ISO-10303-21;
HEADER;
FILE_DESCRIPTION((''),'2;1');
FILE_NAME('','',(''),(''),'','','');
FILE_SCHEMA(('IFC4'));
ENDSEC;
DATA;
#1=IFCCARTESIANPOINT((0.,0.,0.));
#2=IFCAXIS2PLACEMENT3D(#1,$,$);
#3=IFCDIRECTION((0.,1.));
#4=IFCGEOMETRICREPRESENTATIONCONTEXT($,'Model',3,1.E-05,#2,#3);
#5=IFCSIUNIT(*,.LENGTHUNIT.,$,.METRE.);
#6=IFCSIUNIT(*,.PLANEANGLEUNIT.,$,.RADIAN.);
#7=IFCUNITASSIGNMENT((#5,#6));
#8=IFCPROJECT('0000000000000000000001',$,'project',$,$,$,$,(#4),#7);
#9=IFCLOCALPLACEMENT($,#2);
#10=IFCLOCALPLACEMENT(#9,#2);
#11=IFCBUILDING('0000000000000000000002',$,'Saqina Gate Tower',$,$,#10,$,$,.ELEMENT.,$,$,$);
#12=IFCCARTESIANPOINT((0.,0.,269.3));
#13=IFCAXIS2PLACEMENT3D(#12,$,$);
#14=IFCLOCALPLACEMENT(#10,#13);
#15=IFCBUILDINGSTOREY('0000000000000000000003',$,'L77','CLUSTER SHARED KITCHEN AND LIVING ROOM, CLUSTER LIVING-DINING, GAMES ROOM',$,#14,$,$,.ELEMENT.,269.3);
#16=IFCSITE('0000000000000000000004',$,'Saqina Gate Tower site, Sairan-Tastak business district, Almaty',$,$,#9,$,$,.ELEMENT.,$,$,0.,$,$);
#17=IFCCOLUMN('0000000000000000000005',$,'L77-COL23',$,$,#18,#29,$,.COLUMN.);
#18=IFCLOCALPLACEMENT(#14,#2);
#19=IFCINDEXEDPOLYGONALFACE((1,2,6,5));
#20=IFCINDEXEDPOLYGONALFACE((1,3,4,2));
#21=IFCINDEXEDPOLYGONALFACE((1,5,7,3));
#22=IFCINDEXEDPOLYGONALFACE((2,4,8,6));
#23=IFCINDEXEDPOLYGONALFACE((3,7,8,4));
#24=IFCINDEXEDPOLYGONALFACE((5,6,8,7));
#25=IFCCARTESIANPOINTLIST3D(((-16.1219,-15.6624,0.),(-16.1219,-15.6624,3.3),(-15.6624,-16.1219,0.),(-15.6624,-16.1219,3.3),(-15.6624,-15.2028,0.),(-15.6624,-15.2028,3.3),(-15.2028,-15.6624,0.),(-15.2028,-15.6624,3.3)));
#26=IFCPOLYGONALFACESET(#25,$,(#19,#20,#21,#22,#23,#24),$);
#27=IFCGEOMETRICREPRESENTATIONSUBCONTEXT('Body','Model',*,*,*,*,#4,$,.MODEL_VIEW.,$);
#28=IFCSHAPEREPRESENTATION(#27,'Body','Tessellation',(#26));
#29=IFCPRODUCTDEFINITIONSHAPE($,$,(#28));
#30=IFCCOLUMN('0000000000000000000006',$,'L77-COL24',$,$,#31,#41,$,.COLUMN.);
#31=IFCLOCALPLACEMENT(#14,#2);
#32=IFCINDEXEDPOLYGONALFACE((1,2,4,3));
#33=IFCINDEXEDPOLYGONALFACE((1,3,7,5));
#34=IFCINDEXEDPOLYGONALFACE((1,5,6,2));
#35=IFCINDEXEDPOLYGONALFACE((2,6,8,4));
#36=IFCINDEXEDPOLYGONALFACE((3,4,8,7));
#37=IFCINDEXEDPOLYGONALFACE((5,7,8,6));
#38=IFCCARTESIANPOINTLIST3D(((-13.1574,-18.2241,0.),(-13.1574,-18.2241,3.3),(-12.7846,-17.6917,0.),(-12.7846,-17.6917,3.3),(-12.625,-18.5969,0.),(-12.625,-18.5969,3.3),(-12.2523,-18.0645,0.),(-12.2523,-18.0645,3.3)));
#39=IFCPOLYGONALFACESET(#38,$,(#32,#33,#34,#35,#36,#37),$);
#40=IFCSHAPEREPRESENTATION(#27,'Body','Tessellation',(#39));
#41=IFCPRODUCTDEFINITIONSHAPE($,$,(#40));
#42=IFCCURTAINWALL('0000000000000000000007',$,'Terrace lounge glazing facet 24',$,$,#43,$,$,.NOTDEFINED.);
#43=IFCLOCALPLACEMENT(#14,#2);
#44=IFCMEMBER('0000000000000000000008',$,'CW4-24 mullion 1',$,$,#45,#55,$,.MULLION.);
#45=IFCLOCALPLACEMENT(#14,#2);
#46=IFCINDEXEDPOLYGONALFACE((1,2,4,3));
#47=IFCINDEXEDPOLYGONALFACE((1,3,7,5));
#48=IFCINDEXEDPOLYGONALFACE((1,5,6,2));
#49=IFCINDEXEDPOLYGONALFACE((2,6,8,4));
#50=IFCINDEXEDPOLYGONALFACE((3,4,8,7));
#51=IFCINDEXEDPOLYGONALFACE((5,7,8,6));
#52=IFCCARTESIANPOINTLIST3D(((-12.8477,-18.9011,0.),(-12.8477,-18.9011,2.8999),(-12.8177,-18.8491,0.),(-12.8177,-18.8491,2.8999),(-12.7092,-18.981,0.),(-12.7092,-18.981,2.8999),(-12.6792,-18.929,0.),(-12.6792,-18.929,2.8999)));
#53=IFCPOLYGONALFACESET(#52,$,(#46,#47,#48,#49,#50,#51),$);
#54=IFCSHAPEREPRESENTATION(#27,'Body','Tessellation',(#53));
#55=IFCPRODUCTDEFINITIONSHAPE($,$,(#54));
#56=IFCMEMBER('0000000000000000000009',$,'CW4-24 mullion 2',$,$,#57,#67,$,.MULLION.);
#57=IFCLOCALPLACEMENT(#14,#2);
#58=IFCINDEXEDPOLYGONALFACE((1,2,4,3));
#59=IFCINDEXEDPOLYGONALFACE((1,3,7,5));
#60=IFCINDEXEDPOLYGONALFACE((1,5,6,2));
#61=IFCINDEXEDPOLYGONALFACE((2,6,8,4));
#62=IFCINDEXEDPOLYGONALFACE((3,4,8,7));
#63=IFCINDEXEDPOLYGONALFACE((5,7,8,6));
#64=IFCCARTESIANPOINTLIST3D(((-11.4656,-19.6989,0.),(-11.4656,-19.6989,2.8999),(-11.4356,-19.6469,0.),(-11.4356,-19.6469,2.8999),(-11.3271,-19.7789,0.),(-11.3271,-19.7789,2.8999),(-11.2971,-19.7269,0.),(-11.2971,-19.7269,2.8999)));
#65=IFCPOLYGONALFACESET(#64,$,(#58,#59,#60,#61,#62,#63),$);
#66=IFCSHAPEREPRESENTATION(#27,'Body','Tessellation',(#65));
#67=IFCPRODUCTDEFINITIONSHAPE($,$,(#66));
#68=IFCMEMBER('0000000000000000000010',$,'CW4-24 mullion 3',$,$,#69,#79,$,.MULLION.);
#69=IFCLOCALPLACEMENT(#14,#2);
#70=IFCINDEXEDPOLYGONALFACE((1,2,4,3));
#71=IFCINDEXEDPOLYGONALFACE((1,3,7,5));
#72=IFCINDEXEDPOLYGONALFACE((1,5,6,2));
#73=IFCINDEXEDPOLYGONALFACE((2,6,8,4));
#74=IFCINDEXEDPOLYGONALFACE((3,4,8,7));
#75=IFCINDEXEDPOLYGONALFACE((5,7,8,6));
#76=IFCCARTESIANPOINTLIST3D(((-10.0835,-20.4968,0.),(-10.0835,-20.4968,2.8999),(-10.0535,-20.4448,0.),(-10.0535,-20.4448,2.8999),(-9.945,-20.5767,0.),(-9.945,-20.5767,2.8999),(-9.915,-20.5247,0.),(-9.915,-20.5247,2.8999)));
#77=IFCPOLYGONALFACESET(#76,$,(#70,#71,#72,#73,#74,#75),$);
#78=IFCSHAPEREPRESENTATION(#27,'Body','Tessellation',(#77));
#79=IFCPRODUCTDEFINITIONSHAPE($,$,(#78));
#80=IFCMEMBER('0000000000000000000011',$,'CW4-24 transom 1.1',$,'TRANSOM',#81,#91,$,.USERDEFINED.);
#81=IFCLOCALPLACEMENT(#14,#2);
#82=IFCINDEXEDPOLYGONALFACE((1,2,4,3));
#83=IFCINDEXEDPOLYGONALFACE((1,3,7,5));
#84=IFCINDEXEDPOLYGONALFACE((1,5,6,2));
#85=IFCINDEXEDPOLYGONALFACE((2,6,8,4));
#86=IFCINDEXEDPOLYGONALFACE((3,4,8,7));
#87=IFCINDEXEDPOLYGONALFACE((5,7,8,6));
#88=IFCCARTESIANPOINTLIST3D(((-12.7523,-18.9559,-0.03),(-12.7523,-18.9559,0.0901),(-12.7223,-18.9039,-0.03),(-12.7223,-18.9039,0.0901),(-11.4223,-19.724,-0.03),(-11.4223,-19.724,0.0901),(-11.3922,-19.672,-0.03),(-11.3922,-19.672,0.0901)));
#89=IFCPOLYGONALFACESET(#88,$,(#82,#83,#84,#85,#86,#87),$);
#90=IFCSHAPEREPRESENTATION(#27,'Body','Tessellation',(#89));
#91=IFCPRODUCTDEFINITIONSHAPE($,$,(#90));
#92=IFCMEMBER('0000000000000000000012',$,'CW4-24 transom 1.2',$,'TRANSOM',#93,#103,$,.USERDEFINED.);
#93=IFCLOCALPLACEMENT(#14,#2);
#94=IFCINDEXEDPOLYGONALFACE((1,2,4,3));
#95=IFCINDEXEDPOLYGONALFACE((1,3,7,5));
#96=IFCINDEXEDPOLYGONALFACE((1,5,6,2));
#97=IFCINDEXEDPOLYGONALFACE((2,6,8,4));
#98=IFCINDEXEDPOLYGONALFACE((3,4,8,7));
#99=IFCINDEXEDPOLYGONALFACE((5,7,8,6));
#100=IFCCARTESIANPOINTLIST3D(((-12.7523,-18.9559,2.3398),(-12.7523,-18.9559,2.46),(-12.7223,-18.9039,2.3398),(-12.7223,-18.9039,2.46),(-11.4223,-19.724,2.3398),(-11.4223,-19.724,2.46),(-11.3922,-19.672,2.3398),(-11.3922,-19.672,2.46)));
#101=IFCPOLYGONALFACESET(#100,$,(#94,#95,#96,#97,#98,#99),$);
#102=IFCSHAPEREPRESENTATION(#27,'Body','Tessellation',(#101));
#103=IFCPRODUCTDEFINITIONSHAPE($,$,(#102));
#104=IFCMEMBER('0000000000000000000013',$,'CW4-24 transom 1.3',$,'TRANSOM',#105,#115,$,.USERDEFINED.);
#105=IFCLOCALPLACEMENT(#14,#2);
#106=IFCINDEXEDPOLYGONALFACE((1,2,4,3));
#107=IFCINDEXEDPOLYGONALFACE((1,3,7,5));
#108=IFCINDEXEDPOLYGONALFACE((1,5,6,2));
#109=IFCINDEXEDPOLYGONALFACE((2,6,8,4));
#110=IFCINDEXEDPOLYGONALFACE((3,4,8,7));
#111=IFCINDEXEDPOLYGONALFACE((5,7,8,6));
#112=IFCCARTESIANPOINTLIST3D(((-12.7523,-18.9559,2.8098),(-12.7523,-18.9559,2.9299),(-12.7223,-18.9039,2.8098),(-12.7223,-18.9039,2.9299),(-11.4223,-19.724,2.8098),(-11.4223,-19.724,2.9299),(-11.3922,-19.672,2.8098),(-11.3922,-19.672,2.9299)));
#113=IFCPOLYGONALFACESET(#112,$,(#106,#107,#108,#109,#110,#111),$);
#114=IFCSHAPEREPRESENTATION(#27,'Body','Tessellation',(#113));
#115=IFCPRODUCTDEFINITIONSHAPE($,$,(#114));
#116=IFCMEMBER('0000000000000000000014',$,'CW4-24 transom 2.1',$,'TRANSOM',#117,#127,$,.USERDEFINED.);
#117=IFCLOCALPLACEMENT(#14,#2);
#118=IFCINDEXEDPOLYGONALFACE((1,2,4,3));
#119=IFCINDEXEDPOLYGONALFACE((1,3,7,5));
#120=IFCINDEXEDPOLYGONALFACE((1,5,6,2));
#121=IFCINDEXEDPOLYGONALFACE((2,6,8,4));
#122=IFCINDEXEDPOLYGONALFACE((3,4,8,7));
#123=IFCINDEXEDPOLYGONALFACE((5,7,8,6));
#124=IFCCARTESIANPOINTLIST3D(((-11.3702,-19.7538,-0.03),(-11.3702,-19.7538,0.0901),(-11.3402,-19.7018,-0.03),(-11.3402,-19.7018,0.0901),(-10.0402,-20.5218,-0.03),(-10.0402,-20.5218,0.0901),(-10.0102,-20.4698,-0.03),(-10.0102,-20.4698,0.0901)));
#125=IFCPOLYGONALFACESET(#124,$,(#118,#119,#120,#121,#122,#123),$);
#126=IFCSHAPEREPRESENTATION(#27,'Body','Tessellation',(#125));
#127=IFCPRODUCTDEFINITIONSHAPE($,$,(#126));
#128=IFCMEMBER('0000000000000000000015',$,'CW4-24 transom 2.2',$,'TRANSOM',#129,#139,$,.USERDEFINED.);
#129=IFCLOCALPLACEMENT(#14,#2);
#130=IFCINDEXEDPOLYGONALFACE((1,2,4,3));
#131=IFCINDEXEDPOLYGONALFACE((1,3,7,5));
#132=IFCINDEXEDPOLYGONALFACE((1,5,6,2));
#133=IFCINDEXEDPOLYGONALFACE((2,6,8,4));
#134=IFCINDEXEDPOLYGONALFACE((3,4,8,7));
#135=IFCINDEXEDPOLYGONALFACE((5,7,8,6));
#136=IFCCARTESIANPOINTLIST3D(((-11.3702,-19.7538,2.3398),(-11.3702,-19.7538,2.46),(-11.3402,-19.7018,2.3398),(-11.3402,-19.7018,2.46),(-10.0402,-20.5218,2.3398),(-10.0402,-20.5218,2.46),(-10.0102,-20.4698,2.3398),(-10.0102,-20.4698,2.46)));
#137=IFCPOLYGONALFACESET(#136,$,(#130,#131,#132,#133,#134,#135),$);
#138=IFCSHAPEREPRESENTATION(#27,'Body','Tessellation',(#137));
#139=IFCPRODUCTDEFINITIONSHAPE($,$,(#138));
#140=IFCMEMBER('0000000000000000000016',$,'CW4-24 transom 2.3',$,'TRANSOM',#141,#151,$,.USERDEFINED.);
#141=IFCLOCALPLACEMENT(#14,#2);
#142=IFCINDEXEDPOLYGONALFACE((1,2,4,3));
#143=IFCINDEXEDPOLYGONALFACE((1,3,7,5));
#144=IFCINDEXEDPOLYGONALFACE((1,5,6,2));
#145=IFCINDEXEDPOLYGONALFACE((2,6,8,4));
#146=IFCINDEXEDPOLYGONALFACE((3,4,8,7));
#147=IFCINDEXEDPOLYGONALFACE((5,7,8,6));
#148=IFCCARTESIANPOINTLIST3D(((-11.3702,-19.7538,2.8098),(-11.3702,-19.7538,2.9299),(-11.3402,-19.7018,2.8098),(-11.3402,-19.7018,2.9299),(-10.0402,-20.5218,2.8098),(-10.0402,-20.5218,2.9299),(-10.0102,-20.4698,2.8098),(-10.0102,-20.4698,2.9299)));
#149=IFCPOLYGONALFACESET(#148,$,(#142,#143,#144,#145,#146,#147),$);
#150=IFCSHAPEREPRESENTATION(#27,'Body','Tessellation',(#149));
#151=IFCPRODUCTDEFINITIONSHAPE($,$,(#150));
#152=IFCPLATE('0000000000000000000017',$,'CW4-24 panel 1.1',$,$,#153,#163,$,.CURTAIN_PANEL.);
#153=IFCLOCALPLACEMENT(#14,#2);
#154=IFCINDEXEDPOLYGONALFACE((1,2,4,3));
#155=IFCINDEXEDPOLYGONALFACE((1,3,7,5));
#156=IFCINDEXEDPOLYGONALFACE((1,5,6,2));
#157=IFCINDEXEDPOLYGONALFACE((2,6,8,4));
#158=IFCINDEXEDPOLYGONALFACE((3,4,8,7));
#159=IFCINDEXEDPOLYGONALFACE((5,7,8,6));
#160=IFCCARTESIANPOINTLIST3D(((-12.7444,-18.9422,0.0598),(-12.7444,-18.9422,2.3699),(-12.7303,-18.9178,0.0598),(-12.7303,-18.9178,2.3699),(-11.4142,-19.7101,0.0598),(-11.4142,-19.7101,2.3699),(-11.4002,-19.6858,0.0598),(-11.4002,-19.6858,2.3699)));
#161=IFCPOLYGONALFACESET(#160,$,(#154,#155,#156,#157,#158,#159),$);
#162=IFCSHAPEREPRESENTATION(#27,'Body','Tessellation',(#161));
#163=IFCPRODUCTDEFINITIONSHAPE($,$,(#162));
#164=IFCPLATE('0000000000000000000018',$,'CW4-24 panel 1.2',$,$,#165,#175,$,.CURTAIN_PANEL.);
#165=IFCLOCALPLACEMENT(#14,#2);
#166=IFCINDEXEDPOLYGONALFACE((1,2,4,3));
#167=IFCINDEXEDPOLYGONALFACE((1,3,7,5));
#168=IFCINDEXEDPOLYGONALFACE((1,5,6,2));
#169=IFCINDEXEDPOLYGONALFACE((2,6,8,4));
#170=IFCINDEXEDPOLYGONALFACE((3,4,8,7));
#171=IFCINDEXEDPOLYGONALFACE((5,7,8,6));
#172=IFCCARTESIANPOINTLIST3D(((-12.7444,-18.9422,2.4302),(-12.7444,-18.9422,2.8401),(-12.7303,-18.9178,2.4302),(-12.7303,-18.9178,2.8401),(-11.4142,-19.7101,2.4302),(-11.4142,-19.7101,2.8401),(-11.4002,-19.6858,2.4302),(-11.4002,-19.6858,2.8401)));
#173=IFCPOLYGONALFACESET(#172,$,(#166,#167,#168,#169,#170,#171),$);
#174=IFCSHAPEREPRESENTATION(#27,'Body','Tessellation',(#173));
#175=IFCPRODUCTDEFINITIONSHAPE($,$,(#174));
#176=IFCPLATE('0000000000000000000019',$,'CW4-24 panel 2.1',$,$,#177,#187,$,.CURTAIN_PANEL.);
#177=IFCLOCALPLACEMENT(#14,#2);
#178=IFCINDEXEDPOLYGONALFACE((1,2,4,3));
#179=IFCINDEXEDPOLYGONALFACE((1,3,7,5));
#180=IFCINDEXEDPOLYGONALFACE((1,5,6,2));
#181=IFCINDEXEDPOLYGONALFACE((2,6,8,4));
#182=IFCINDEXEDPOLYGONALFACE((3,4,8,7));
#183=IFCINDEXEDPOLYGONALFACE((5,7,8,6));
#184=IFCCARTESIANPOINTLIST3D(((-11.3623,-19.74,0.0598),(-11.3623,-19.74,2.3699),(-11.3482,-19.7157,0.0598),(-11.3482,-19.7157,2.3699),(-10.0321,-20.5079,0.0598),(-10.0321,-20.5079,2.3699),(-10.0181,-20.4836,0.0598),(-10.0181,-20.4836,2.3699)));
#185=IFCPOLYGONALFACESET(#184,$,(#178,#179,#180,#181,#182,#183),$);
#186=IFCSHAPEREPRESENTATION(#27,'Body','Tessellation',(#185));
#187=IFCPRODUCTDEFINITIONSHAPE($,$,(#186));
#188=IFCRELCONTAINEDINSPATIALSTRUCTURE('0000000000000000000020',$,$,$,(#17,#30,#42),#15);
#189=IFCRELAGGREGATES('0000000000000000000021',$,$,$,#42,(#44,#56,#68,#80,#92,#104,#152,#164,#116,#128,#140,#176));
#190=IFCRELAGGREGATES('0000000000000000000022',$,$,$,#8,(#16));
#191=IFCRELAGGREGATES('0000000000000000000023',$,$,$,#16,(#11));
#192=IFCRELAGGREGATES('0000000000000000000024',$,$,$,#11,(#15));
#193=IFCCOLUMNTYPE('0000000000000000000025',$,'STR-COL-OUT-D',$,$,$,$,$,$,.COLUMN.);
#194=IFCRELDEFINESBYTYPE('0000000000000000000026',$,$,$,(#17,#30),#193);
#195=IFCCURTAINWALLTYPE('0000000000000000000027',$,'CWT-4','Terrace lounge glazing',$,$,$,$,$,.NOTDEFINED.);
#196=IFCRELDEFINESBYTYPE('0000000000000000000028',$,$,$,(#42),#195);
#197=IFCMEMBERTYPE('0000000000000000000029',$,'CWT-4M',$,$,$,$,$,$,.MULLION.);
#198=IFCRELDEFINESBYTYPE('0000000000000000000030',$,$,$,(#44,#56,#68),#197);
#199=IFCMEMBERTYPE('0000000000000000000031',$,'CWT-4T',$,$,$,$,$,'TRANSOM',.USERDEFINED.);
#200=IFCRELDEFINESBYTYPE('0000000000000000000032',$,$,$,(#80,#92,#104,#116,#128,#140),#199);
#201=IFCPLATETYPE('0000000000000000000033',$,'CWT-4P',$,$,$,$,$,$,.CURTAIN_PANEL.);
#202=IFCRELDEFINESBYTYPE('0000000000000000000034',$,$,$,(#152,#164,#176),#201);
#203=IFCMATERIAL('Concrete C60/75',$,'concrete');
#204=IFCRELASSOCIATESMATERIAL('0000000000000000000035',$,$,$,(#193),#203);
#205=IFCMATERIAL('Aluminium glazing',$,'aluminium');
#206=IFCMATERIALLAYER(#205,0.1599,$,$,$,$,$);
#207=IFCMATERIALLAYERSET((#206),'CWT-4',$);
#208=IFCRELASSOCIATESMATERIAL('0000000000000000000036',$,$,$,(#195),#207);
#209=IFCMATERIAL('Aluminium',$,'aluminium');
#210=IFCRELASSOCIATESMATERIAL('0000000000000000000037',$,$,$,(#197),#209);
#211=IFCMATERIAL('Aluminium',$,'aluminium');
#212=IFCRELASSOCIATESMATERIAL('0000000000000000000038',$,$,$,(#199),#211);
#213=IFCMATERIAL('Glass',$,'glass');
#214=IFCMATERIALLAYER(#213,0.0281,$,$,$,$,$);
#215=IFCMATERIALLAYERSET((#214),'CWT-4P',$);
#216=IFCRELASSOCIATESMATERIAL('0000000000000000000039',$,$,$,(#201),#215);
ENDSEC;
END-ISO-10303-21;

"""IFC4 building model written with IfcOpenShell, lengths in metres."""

from ifc_helpers import new_model, si_unit, direction, frame, origin, origin_2d, place, context, subcontext, project, spatial, rectangle, extrude, material, layer, layer_set, material_profile, profile_set, type_object, element, aggregate, save


model = new_model("IFC4")

# Units and contexts
model_context = context("Model", 3, precision=1e-05, world=origin(), true_north=direction((0.0, 1.0)))
body_context = subcontext(model_context, "Body", "Model", "MODEL_VIEW")
ifc_project = project(units=[si_unit("LENGTHUNIT", "METRE"), si_unit("PLANEANGLEUNIT", "RADIAN")], contexts=[model_context])

# Site, building, storey
site_placement = place(None, origin())
site = spatial("IfcSite", under=ifc_project, at=site_placement, Name="Saqina Gate Tower site, Sairan-Tastak business district, Almaty", CompositionType="ELEMENT", RefElevation=0.0)
building_placement = place(site_placement, origin())
building = spatial("IfcBuilding", under=site, at=building_placement, Name="Saqina Gate Tower", CompositionType="ELEMENT")
storey_placement = place(building_placement, frame((0.0, 0.0, 269.3)))
storey = spatial("IfcBuildingStorey", under=building, at=storey_placement, Name="L77", Description="CLUSTER SHARED KITCHEN AND LIVING ROOM, CLUSTER LIVING-DINING, GAMES ROOM", CompositionType="ELEMENT", Elevation=269.3)

# Columns
ifc_material_1 = material(Name="Concrete C60/75", Category="concrete")
ifc_material_profile_1 = material_profile(ifc_material_1, rectangle(XDim=0.6499, YDim=0.6499, at=origin_2d()), Name="RC 650x650")
ifc_profile_set_1 = profile_set([ifc_material_profile_1], Name="Concrete C60/75")
column_type = type_object("IfcColumnType", Name="STR-COL-OUT-D", PredefinedType="COLUMN", material=ifc_profile_set_1)
for number, where, z_axis, x_axis, name in (
    (1, (-15.6624, -15.6624, 0.0), (0.0, 0.0, 1.0), (-0.707107, -0.707107, 0.0), "L77-COL23"),
    (2, (-12.7048, -18.1443, 0.0), (0.0, 0.0, 1.0), (-0.573576, -0.819152, 0.0), "L77-COL24"),
):
    element("IfcColumn", number, at=place(storey_placement, frame(where, z_axis=z_axis, x_axis=x_axis)), inside=storey, type_object=column_type, Name=name, PredefinedType="COLUMN", context=body_context, shape_type="SweptSolid", body=[
        extrude(rectangle(XDim=0.6499, YDim=0.6499, at=origin_2d()), origin(), (0.0, 0.0, 1.0), 3.3),
    ])

# Curtain wall, members, plates
ifc_material_2 = material(Name="Aluminium glazing", Category="aluminium")
ifc_layer_1 = layer(ifc_material_2, 0.1599)
ifc_layer_set_1 = layer_set([ifc_layer_1], Name="CWT-4")
curtain_wall_type = type_object("IfcCurtainWallType", Name="CWT-4", Description="Terrace lounge glazing", PredefinedType="NOTDEFINED", material=ifc_layer_set_1)
curtain_wall_placement = place(storey_placement, origin())
curtain_wall = element("IfcCurtainWall", 3, at=curtain_wall_placement, inside=storey, type_object=curtain_wall_type, Name="Terrace lounge glazing facet 24", PredefinedType="NOTDEFINED")
ifc_material_3 = material(Name="Aluminium", Category="aluminium")
ifc_material_profile_2 = material_profile(ifc_material_3, rectangle(XDim=0.0601, YDim=0.1599, at=origin_2d()), Name="Aluminium 60x160")
ifc_profile_set_2 = profile_set([ifc_material_profile_2], Name="Aluminium")
member_type_1 = type_object("IfcMemberType", Name="CWT-4M", PredefinedType="MULLION", material=ifc_profile_set_2)
member_1_placement = place(storey_placement, frame((-12.7634, -18.915, 0.0), z_axis=(0.0, 0.0, 1.0), x_axis=(0.499982, 0.866036, 0.0)))
member_1 = element("IfcMember", 4, at=member_1_placement, type_object=member_type_1, Name="CW4-24 mullion 1", PredefinedType="MULLION", context=body_context, shape_type="SweptSolid", body=[
    extrude(rectangle(XDim=0.0601, YDim=0.1599, at=origin_2d()), origin(), (0.0, 0.0, 1.0), 2.8999),
])
member_2_placement = place(storey_placement, frame((-11.3813, -19.7129, 0.0), z_axis=(0.0, 0.0, 1.0), x_axis=(0.499982, 0.866036, 0.0)))
member_2 = element("IfcMember", 5, at=member_2_placement, type_object=member_type_1, Name="CW4-24 mullion 2", PredefinedType="MULLION", context=body_context, shape_type="SweptSolid", body=[
    extrude(rectangle(XDim=0.0601, YDim=0.1599, at=origin_2d()), origin(), (0.0, 0.0, 1.0), 2.8999),
])
member_3_placement = place(storey_placement, frame((-9.9993, -20.5107, 0.0), z_axis=(0.0, 0.0, 1.0), x_axis=(0.499982, 0.866036, 0.0)))
member_3 = element("IfcMember", 6, at=member_3_placement, type_object=member_type_1, Name="CW4-24 mullion 3", PredefinedType="MULLION", context=body_context, shape_type="SweptSolid", body=[
    extrude(rectangle(XDim=0.0601, YDim=0.1599, at=origin_2d()), origin(), (0.0, 0.0, 1.0), 2.8999),
])
ifc_material_4 = material(Name="Aluminium", Category="aluminium")
ifc_material_profile_3 = material_profile(ifc_material_4, rectangle(XDim=0.0601, YDim=0.1201, at=origin_2d()), Name="Aluminium 60x120")
ifc_profile_set_3 = profile_set([ifc_material_profile_3], Name="Aluminium")
member_type_2 = type_object("IfcMemberType", Name="CWT-4T", ElementType="TRANSOM", PredefinedType="USERDEFINED", material=ifc_profile_set_3)
member_4_placement = place(storey_placement, frame((-12.7373, -18.9299, 0.03), z_axis=(0.865984, -0.500071, 0.0), x_axis=(0.500071, 0.865984, 0.0)))
member_4 = element("IfcMember", 7, at=member_4_placement, type_object=member_type_2, Name="CW4-24 transom 1.1", ObjectType="TRANSOM", PredefinedType="USERDEFINED", context=body_context, shape_type="SweptSolid", body=[
    extrude(rectangle(XDim=0.0601, YDim=0.1201, at=origin_2d()), origin(), (0.0, 0.0, 1.0), 1.5359),
])
member_5_placement = place(storey_placement, frame((-12.7373, -18.9299, 2.3999), z_axis=(0.865984, -0.500071, 0.0), x_axis=(0.500071, 0.865984, 0.0)))
member_5 = element("IfcMember", 8, at=member_5_placement, type_object=member_type_2, Name="CW4-24 transom 1.2", ObjectType="TRANSOM", PredefinedType="USERDEFINED", context=body_context, shape_type="SweptSolid", body=[
    extrude(rectangle(XDim=0.0601, YDim=0.1201, at=origin_2d()), origin(), (0.0, 0.0, 1.0), 1.5359),
])
member_6_placement = place(storey_placement, frame((-12.7373, -18.9299, 2.8699), z_axis=(0.865984, -0.500071, 0.0), x_axis=(0.500071, 0.865984, 0.0)))
member_6 = element("IfcMember", 9, at=member_6_placement, type_object=member_type_2, Name="CW4-24 transom 1.3", ObjectType="TRANSOM", PredefinedType="USERDEFINED", context=body_context, shape_type="SweptSolid", body=[
    extrude(rectangle(XDim=0.0601, YDim=0.1201, at=origin_2d()), origin(), (0.0, 0.0, 1.0), 1.5359),
])
member_7_placement = place(storey_placement, frame((-11.3552, -19.7278, 0.03), z_axis=(0.865984, -0.500071, 0.0), x_axis=(0.500071, 0.865984, 0.0)))
member_7 = element("IfcMember", 10, at=member_7_placement, type_object=member_type_2, Name="CW4-24 transom 2.1", ObjectType="TRANSOM", PredefinedType="USERDEFINED", context=body_context, shape_type="SweptSolid", body=[
    extrude(rectangle(XDim=0.0601, YDim=0.1201, at=origin_2d()), origin(), (0.0, 0.0, 1.0), 1.5359),
])
member_8_placement = place(storey_placement, frame((-11.3552, -19.7278, 2.3999), z_axis=(0.865984, -0.500071, 0.0), x_axis=(0.500071, 0.865984, 0.0)))
member_8 = element("IfcMember", 11, at=member_8_placement, type_object=member_type_2, Name="CW4-24 transom 2.2", ObjectType="TRANSOM", PredefinedType="USERDEFINED", context=body_context, shape_type="SweptSolid", body=[
    extrude(rectangle(XDim=0.0601, YDim=0.1201, at=origin_2d()), origin(), (0.0, 0.0, 1.0), 1.5359),
])
member_9_placement = place(storey_placement, frame((-11.3552, -19.7278, 2.8699), z_axis=(0.865984, -0.500071, 0.0), x_axis=(0.500071, 0.865984, 0.0)))
member_9 = element("IfcMember", 12, at=member_9_placement, type_object=member_type_2, Name="CW4-24 transom 2.3", ObjectType="TRANSOM", PredefinedType="USERDEFINED", context=body_context, shape_type="SweptSolid", body=[
    extrude(rectangle(XDim=0.0601, YDim=0.1201, at=origin_2d()), origin(), (0.0, 0.0, 1.0), 1.5359),
])
ifc_material_5 = material(Name="Glass", Category="glass")
ifc_layer_2 = layer(ifc_material_5, 0.0281)
ifc_layer_set_2 = layer_set([ifc_layer_2], Name="CWT-4P")
plate_type = type_object("IfcPlateType", Name="CWT-4P", PredefinedType="CURTAIN_PANEL", material=ifc_layer_set_2)
plate_1_placement = place(storey_placement, frame((-12.0723, -19.314, 0.0598), z_axis=(0.0, 0.0, 1.0), x_axis=(0.866036, -0.499982, 0.0)))
plate_1 = element("IfcPlate", 13, at=plate_1_placement, type_object=plate_type, Name="CW4-24 panel 1.1", PredefinedType="CURTAIN_PANEL", context=body_context, shape_type="SweptSolid", body=[
    extrude(rectangle(XDim=1.5359, YDim=0.0281, at=origin_2d()), origin(), (0.0, 0.0, 1.0), 2.3101),
])
plate_2_placement = place(storey_placement, frame((-12.0723, -19.314, 2.4302), z_axis=(0.0, 0.0, 1.0), x_axis=(0.866036, -0.499982, 0.0)))
plate_2 = element("IfcPlate", 14, at=plate_2_placement, type_object=plate_type, Name="CW4-24 panel 1.2", PredefinedType="CURTAIN_PANEL", context=body_context, shape_type="SweptSolid", body=[
    extrude(rectangle(XDim=1.5359, YDim=0.0281, at=origin_2d()), origin(), (0.0, 0.0, 1.0), 0.4099),
])
plate_3_placement = place(storey_placement, frame((-10.6902, -20.1118, 0.0598), z_axis=(0.0, 0.0, 1.0), x_axis=(0.866036, -0.499982, 0.0)))
plate_3 = element("IfcPlate", 15, at=plate_3_placement, type_object=plate_type, Name="CW4-24 panel 2.1", PredefinedType="CURTAIN_PANEL", context=body_context, shape_type="SweptSolid", body=[
    extrude(rectangle(XDim=1.5359, YDim=0.0281, at=origin_2d()), origin(), (0.0, 0.0, 1.0), 2.3101),
])
aggregate(curtain_wall, [member_1, member_2, member_3, member_4, member_5, member_6, plate_1, plate_2, member_7, member_8, member_9, plate_3])

save(model, "model.ifc")
